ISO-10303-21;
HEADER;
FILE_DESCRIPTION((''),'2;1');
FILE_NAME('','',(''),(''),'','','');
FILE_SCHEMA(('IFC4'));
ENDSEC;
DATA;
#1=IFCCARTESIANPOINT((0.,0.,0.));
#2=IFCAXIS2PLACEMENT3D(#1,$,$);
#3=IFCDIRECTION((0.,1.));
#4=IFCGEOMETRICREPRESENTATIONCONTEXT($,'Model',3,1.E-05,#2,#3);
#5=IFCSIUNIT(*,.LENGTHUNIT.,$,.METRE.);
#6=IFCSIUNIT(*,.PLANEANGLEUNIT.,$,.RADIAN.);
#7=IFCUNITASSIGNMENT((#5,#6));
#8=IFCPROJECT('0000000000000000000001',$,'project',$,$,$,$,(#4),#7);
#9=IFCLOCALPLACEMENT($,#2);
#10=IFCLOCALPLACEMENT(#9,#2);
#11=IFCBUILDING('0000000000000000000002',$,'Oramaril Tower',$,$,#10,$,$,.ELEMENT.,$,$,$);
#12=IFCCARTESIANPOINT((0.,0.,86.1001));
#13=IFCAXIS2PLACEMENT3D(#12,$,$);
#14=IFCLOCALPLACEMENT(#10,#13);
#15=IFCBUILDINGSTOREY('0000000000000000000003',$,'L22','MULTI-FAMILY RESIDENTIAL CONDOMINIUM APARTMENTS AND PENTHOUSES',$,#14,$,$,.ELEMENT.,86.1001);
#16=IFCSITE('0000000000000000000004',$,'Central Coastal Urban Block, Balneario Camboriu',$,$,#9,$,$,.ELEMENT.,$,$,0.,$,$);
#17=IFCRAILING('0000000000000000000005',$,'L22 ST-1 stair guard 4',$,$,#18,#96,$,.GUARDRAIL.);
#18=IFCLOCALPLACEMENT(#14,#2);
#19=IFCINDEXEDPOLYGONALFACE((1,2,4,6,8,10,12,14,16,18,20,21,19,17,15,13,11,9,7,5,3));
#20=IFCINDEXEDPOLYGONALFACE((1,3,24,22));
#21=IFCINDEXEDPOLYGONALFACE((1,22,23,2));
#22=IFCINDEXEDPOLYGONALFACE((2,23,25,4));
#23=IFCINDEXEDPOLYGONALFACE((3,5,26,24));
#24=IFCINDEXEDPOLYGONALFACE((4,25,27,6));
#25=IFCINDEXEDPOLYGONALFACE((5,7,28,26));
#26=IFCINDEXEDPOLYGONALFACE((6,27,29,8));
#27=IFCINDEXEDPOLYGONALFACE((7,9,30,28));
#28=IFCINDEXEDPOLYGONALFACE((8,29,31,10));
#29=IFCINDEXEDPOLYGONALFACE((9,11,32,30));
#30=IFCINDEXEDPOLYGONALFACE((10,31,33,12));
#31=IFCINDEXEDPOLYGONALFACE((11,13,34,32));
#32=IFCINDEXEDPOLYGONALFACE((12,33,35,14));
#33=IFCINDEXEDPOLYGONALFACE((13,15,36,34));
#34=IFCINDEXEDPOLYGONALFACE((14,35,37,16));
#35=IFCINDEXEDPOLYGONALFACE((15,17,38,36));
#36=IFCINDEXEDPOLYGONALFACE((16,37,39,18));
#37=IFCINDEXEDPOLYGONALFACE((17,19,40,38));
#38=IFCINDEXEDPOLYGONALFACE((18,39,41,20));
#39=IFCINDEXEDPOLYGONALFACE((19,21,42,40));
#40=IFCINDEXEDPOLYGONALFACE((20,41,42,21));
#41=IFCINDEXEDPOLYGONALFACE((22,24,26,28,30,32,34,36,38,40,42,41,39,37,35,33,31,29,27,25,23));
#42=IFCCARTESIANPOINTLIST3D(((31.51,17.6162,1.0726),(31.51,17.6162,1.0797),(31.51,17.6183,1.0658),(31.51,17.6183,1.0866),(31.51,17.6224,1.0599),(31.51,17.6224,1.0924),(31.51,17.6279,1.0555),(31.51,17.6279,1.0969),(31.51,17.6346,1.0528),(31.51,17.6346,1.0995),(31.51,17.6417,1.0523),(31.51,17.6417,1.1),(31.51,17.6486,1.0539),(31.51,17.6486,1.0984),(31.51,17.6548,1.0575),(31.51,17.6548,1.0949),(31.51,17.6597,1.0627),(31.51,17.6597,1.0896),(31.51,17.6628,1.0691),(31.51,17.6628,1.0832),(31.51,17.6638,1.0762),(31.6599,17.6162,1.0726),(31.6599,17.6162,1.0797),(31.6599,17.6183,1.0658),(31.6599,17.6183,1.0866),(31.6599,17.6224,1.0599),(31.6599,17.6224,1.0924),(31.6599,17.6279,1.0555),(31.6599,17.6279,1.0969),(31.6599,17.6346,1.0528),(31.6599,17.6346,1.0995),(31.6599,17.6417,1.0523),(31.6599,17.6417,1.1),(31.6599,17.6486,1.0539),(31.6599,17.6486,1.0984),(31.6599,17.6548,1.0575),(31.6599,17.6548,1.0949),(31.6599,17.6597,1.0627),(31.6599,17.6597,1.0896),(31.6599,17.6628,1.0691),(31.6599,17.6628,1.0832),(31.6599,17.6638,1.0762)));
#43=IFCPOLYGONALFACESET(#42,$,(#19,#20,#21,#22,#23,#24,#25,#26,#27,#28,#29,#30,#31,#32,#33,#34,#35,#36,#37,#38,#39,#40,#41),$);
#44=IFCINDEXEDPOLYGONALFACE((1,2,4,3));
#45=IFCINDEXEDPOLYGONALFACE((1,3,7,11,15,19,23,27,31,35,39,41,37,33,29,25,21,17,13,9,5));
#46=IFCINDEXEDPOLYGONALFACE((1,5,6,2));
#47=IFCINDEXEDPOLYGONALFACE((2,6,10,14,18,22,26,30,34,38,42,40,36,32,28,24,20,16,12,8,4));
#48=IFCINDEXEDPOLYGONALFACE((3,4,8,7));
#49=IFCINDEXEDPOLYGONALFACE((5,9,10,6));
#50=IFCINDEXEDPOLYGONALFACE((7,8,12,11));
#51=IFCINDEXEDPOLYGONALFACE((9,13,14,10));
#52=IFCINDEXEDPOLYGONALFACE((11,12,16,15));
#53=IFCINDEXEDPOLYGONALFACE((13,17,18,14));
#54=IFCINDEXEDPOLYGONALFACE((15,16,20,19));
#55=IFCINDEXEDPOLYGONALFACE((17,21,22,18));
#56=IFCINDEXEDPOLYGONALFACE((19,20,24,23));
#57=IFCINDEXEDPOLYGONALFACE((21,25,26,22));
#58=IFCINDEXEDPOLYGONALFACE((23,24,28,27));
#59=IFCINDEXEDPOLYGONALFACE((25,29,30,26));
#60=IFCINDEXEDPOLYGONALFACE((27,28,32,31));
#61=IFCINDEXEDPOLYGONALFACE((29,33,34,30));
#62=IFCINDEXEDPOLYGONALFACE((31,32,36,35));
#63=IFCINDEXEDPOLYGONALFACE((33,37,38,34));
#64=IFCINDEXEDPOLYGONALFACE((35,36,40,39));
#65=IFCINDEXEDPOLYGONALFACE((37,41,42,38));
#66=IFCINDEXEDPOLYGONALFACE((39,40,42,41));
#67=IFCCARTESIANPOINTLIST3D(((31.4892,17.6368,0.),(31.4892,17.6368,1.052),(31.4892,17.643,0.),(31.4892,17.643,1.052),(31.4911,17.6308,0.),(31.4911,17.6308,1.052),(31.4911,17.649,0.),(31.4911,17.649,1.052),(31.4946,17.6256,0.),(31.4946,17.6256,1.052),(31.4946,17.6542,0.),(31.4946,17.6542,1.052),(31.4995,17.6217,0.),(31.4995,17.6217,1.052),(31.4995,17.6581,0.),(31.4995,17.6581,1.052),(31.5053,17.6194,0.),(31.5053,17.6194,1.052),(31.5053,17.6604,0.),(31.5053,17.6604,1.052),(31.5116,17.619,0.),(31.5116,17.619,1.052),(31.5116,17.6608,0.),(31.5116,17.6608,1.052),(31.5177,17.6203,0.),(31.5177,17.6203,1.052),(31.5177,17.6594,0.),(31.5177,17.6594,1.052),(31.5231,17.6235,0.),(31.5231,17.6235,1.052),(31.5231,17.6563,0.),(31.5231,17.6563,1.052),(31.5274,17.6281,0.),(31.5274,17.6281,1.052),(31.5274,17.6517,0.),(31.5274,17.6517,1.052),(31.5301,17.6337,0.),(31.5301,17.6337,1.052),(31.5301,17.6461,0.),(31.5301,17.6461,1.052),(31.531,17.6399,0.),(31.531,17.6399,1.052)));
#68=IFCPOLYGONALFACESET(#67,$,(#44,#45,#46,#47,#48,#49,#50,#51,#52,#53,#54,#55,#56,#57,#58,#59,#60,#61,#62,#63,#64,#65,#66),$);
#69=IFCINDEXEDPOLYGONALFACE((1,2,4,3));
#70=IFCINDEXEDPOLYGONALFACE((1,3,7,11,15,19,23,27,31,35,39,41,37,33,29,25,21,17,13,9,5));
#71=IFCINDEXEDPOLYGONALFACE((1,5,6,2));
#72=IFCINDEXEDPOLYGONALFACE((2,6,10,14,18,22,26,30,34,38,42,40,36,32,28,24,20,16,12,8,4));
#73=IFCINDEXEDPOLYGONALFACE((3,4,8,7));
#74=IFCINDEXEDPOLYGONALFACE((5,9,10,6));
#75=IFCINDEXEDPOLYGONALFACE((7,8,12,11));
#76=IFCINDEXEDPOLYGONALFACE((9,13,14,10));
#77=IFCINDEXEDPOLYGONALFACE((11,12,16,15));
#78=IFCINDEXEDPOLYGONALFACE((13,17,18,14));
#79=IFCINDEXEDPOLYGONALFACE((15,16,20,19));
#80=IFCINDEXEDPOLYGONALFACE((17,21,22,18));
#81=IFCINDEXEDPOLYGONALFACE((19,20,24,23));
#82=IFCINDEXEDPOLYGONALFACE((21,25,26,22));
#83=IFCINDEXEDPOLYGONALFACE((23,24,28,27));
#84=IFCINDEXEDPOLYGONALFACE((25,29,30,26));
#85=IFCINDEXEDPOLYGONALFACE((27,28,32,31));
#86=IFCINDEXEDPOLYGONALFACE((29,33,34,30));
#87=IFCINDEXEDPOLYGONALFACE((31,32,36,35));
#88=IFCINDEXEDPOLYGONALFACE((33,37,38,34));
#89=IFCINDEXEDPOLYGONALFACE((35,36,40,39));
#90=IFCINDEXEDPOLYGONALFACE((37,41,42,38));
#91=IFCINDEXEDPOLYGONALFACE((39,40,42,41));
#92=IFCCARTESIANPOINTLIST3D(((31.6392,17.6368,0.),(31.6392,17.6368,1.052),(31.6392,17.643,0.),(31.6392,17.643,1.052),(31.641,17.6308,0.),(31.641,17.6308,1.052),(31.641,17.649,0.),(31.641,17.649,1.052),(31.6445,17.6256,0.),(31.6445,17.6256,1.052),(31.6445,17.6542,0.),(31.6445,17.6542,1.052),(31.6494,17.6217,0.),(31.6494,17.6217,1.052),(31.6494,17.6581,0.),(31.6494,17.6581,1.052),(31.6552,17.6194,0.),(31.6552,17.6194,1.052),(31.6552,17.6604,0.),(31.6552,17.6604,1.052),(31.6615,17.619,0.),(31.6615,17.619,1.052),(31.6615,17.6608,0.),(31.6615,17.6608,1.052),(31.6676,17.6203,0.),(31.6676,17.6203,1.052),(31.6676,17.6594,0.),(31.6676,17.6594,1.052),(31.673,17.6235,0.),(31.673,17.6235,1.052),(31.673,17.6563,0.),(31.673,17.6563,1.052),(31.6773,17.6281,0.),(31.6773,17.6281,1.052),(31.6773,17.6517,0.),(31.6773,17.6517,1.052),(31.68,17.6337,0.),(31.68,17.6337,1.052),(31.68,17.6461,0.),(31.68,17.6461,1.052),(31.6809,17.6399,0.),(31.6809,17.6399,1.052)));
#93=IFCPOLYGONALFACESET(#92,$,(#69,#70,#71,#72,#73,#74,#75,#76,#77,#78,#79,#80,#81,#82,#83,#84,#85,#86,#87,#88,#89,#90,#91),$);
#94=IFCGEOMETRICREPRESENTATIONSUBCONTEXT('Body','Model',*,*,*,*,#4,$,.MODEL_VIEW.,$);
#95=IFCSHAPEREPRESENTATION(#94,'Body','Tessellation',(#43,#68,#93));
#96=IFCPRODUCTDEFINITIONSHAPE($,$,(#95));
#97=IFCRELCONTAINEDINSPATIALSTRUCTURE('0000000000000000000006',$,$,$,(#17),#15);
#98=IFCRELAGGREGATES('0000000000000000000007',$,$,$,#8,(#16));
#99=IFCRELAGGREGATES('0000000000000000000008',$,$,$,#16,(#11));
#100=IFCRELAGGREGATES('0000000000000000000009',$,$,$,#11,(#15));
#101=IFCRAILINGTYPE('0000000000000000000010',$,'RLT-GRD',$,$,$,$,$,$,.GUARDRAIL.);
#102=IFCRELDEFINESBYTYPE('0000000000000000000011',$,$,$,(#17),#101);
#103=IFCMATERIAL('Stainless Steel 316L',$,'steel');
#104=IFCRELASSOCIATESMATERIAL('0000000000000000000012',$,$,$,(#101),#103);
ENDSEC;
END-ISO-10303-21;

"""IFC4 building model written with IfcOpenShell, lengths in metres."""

from ifc_helpers import new_model, si_unit, direction, frame, origin, origin_2d, place, context, subcontext, project, spatial, circle, extrude, material, type_object, element, save


model = new_model("IFC4")

# Units and contexts
model_context = context("Model", 3, precision=1e-05, world=origin(), true_north=direction((0.0, 1.0)))
body_context = subcontext(model_context, "Body", "Model", "MODEL_VIEW")
ifc_project = project(units=[si_unit("LENGTHUNIT", "METRE"), si_unit("PLANEANGLEUNIT", "RADIAN")], contexts=[model_context])

# Site, building, storey
site_placement = place(None, origin())
site = spatial("IfcSite", under=ifc_project, at=site_placement, Name="Central Coastal Urban Block, Balneario Camboriu", CompositionType="ELEMENT", RefElevation=0.0)
building_placement = place(site_placement, origin())
building = spatial("IfcBuilding", under=site, at=building_placement, Name="Oramaril Tower", CompositionType="ELEMENT")
storey_placement = place(building_placement, frame((0.0, 0.0, 86.1001)))
storey = spatial("IfcBuildingStorey", under=building, at=storey_placement, Name="L22", Description="MULTI-FAMILY RESIDENTIAL CONDOMINIUM APARTMENTS AND PENTHOUSES", CompositionType="ELEMENT", Elevation=86.1001)

# Railing
ifc_material_1 = material(Name="Stainless Steel 316L", Category="steel")
railing_type_1 = type_object("IfcRailingType", Name="RLT-GRD", PredefinedType="GUARDRAIL", material=ifc_material_1)
railing_1_placement = place(storey_placement, frame((31.51, 17.6399, 0.0)))
element("IfcRailing", 1, at=railing_1_placement, inside=storey, type_object=railing_type_1, Name="L22 ST-1 stair guard 4", PredefinedType="GUARDRAIL", context=body_context, shape_type="SweptSolid", body=[
    extrude(circle(Radius=0.0239, at=origin_2d()), frame((0.0, 0.0, 1.0762), z_axis=(1.0, 0.0, 0.0), x_axis=(0.0, 1.0, 0.0)), (0.0, 0.0, 1.0), 0.1499),
    extrude(circle(Radius=0.021, at=origin_2d()), origin(), (0.0, 0.0, 1.0), 1.052),
    extrude(circle(Radius=0.021, at=origin_2d()), frame((0.1499, 0.0, 0.0)), (0.0, 0.0, 1.0), 1.052),
])

save(model, "model.ifc")
